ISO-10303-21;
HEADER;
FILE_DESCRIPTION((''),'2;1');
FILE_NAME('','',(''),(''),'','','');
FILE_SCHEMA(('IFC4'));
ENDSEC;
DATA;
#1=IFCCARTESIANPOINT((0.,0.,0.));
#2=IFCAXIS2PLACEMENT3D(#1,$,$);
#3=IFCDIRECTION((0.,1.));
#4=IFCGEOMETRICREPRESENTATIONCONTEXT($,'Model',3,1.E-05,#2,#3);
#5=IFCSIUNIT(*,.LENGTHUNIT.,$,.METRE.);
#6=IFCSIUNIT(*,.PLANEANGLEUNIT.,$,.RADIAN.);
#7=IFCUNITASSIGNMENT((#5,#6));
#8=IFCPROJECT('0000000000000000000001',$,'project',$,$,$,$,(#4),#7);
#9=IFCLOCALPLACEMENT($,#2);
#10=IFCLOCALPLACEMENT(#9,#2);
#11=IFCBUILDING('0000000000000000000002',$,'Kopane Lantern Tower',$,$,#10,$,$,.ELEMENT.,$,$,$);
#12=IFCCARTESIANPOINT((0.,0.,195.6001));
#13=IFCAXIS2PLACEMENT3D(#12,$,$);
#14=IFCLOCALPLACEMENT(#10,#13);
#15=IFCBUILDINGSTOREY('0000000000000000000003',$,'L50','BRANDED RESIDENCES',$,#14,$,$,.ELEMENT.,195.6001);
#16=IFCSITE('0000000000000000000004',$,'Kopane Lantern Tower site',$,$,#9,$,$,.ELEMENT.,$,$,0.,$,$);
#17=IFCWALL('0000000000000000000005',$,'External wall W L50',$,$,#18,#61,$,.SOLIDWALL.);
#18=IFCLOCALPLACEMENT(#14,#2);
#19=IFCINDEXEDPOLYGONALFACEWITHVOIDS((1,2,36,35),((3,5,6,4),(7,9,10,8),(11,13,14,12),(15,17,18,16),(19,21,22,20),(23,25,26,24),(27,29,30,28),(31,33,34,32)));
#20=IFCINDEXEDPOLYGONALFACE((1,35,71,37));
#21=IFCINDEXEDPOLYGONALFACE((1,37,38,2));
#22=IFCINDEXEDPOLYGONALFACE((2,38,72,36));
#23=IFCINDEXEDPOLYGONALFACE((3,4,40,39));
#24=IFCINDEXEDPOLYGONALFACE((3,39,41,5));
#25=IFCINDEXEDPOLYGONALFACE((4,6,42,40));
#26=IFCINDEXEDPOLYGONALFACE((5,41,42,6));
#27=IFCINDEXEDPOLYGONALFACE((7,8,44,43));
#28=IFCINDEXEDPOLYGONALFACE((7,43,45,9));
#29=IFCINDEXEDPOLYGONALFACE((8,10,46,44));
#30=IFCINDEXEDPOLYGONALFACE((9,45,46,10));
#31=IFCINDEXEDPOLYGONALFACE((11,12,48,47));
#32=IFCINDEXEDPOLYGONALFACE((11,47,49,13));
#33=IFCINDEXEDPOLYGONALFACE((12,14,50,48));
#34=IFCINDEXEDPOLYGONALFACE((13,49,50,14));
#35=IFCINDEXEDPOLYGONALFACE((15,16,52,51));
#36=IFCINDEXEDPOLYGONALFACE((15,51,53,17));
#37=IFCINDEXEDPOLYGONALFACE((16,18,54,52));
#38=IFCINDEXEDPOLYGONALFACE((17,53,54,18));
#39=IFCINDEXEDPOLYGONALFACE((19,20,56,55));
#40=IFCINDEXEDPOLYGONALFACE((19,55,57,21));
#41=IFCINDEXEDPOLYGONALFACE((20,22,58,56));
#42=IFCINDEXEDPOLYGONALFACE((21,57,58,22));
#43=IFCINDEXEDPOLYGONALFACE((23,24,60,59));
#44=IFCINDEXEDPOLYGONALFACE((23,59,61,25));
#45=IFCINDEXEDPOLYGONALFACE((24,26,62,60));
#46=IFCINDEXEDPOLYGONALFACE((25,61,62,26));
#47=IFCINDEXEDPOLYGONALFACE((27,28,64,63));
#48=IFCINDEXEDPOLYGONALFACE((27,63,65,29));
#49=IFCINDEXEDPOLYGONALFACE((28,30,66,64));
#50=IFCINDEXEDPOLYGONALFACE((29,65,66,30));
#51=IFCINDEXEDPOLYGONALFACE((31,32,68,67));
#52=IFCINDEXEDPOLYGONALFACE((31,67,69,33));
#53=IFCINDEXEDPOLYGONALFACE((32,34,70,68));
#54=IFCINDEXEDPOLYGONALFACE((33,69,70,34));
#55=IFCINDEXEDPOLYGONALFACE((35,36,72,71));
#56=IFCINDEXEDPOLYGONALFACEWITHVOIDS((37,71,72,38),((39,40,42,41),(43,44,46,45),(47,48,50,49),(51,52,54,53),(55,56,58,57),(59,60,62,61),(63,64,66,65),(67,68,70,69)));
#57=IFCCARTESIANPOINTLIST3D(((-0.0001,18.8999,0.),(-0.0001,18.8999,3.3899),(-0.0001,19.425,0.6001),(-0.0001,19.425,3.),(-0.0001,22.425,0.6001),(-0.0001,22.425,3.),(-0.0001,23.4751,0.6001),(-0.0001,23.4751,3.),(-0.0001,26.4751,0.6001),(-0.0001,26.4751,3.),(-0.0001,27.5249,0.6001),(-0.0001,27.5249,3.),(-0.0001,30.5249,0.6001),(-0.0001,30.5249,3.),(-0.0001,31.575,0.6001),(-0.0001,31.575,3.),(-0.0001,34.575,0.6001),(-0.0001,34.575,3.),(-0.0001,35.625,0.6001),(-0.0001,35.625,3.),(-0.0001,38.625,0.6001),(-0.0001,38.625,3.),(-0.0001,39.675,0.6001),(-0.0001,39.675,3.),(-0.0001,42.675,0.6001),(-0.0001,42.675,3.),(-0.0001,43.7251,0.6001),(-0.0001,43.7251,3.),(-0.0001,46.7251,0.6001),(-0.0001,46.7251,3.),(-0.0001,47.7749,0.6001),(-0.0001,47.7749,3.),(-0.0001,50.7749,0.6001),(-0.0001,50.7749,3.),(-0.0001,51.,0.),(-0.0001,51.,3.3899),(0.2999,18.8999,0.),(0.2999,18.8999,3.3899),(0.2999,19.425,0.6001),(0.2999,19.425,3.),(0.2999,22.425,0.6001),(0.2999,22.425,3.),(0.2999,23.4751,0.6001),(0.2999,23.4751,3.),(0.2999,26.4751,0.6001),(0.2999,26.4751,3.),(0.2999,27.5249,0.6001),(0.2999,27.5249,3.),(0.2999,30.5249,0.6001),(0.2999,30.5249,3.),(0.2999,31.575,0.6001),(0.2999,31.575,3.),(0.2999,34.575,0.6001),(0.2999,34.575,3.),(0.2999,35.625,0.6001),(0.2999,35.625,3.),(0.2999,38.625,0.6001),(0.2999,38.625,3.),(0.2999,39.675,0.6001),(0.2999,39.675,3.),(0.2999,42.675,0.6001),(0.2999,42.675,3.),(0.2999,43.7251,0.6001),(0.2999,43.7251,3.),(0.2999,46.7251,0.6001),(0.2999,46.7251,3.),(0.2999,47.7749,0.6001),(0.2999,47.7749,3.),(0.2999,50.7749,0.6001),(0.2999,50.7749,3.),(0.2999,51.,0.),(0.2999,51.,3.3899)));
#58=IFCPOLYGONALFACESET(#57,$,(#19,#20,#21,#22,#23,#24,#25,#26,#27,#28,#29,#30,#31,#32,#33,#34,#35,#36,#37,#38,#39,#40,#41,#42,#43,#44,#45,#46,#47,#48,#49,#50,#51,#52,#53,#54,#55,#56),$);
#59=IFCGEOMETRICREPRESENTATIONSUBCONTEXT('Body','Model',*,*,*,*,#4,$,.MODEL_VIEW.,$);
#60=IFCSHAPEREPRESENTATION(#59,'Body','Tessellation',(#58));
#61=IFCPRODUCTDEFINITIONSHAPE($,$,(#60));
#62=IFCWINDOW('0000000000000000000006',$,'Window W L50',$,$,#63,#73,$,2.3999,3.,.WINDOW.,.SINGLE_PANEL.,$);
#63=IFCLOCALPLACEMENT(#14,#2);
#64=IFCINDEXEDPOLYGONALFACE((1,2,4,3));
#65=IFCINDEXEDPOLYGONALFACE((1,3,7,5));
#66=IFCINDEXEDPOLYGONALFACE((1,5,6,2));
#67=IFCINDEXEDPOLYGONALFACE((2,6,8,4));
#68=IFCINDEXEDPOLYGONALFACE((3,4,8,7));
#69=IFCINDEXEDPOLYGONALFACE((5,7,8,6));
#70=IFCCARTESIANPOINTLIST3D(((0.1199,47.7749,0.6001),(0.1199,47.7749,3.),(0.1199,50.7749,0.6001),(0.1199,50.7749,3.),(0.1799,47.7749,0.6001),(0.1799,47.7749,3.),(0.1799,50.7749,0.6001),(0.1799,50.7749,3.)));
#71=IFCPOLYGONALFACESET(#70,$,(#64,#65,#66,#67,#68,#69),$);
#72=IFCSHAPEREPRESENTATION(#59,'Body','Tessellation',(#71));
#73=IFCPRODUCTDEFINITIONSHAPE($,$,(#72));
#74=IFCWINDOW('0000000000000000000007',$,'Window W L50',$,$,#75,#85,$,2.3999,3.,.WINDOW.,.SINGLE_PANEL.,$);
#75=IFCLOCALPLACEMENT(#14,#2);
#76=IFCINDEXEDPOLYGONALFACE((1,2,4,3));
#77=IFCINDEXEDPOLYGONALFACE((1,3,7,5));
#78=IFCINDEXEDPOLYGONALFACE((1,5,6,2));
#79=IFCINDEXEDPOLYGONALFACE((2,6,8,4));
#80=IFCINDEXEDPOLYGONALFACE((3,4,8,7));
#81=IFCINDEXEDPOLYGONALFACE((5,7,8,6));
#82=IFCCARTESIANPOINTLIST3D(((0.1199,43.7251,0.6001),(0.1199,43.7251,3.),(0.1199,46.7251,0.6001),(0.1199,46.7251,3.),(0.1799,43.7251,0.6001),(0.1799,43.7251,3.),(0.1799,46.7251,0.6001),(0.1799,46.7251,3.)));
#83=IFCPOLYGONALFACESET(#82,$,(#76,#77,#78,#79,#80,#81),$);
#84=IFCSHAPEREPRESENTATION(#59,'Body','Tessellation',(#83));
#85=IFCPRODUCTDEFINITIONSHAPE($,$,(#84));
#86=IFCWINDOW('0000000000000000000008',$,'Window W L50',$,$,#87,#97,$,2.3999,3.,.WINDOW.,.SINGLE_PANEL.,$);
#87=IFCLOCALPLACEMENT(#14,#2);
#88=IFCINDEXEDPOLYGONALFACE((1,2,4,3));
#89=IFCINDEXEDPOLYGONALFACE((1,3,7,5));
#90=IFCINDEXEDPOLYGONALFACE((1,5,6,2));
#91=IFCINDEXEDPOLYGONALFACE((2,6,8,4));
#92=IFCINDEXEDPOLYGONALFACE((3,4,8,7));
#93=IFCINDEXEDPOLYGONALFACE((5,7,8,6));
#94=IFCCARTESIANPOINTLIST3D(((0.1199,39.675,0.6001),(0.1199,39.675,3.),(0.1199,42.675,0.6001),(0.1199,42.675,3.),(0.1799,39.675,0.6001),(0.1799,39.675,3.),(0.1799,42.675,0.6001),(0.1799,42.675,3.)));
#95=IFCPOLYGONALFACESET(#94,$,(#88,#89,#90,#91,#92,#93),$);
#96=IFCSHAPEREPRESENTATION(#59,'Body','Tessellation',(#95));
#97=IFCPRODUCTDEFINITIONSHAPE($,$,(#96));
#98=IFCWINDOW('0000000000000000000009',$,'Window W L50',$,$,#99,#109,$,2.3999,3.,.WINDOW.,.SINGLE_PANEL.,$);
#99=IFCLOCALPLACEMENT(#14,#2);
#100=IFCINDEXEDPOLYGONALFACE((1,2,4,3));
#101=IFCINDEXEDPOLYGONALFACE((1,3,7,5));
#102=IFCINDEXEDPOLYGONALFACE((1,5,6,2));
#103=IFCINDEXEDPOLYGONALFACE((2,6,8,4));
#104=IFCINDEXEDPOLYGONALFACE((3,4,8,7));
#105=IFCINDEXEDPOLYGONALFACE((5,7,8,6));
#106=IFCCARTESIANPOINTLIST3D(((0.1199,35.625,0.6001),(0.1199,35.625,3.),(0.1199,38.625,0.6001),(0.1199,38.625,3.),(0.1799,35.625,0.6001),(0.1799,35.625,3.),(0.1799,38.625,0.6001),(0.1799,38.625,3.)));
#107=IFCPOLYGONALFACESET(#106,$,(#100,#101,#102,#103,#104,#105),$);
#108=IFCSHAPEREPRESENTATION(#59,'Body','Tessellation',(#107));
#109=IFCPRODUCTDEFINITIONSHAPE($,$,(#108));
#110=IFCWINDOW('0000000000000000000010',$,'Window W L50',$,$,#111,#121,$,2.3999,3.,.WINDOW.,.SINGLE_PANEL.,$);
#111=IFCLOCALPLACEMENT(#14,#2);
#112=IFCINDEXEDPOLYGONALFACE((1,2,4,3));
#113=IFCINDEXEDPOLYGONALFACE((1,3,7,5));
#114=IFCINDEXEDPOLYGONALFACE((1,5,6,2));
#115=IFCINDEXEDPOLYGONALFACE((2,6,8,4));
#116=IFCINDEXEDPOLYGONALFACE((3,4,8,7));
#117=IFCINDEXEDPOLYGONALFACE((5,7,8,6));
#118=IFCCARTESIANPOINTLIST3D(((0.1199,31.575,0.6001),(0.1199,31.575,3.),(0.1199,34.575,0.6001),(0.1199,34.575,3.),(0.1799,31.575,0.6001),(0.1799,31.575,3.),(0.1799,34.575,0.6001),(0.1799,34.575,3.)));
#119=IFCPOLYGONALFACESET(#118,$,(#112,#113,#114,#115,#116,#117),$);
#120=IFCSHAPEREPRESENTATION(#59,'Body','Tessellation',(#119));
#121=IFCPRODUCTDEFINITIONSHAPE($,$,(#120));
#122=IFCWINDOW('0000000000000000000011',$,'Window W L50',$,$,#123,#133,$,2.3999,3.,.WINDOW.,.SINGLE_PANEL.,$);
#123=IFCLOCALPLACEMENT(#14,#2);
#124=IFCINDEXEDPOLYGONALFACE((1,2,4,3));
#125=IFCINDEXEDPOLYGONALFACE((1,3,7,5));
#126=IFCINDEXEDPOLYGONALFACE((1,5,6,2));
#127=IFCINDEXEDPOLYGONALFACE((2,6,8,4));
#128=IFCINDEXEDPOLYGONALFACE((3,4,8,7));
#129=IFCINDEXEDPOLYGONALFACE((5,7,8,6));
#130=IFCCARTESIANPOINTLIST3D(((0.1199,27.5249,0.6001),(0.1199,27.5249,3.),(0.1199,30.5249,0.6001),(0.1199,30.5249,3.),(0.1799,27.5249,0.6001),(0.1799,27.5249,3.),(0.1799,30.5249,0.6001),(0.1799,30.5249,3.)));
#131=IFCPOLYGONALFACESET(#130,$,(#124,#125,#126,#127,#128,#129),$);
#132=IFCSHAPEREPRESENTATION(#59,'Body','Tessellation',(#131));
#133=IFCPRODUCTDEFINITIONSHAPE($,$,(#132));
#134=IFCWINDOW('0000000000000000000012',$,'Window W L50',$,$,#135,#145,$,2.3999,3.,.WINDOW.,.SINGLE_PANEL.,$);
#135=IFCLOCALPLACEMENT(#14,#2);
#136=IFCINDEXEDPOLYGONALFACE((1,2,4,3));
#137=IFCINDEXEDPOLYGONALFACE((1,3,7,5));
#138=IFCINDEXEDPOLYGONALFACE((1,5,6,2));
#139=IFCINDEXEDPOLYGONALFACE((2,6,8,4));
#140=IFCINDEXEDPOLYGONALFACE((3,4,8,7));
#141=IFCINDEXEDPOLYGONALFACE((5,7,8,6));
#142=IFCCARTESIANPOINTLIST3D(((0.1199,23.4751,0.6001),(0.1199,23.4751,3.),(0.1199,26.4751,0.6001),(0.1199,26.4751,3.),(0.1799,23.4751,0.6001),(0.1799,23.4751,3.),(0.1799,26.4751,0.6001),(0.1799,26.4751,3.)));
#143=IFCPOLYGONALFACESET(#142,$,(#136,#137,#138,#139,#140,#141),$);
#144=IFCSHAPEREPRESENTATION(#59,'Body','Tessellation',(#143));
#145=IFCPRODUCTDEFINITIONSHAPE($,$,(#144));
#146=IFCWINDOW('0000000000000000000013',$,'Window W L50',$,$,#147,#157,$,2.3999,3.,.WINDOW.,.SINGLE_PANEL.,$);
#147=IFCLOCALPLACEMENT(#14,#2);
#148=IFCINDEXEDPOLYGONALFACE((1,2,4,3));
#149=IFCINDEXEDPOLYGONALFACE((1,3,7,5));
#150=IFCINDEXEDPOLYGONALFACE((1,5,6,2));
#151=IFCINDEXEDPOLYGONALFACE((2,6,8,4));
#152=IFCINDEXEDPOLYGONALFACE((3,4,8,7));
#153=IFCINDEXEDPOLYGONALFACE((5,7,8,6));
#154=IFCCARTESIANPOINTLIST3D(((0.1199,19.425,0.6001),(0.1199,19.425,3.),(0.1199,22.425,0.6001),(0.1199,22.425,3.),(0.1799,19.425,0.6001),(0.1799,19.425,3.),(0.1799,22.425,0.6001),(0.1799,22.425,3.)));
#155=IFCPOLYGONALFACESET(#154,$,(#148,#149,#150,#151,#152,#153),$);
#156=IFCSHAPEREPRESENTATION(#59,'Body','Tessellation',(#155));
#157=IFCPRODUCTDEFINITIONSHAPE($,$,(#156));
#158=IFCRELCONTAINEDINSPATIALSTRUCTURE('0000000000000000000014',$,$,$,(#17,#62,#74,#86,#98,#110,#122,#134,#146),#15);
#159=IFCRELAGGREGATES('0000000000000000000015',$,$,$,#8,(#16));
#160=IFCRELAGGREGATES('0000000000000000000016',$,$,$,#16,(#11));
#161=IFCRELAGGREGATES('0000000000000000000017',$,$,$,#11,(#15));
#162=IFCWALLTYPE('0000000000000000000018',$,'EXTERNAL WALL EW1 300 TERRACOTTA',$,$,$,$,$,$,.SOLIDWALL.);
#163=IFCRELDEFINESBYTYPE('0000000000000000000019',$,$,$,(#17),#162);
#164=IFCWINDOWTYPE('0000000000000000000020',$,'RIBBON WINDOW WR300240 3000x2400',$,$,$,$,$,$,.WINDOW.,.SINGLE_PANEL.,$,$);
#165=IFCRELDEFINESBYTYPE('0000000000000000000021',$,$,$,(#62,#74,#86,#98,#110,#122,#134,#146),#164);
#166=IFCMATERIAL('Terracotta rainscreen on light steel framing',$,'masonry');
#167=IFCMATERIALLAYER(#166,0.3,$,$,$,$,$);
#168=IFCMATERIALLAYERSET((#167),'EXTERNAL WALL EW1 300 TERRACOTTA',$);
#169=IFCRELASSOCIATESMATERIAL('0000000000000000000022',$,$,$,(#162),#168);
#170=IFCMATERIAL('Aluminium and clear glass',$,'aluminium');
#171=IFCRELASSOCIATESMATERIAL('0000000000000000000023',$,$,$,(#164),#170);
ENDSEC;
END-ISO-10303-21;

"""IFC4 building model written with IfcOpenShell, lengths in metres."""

from ifc_helpers import new_model, si_unit, direction, frame, frame_2d, origin, place, context, subcontext, project, spatial, rectangle, extrude, material, layer, layer_set, type_object, element, fill, save


model = new_model("IFC4")

# Units and contexts
model_context = context("Model", 3, precision=1e-05, world=origin(), true_north=direction((0.0, 1.0)))
body_context = subcontext(model_context, "Body", "Model", "MODEL_VIEW")
ifc_project = project(units=[si_unit("LENGTHUNIT", "METRE"), si_unit("PLANEANGLEUNIT", "RADIAN")], contexts=[model_context])

# Site, building, storey
site_placement = place(None, origin())
site = spatial("IfcSite", under=ifc_project, at=site_placement, Name="Kopane Lantern Tower site", CompositionType="ELEMENT", RefElevation=0.0)
building_placement = place(site_placement, origin())
building = spatial("IfcBuilding", under=site, at=building_placement, Name="Kopane Lantern Tower", CompositionType="ELEMENT")
storey_placement = place(building_placement, frame((0.0, 0.0, 195.6001)))
storey = spatial("IfcBuildingStorey", under=building, at=storey_placement, Name="L50", Description="BRANDED RESIDENCES", CompositionType="ELEMENT", Elevation=195.6001)

# Wall, openings, windows
ifc_material_1 = material(Name="Terracotta rainscreen on light steel framing", Category="masonry")
ifc_layer_1 = layer(ifc_material_1, 0.3)
ifc_layer_set_1 = layer_set([ifc_layer_1], Name="EXTERNAL WALL EW1 300 TERRACOTTA")
wall_type_1 = type_object("IfcWallType", Name="EXTERNAL WALL EW1 300 TERRACOTTA", PredefinedType="SOLIDWALL", material=ifc_layer_set_1)
wall_1_placement = place(storey_placement, frame((0.1499, 51.0, 0.0), z_axis=(0.0, 0.0, 1.0), x_axis=(0.0, -1.0, 0.0)))
wall_1 = element("IfcWall", 1, at=wall_1_placement, inside=storey, type_object=wall_type_1, Name="External wall W L50", PredefinedType="SOLIDWALL", context=body_context, shape_type="SweptSolid", body=[
    extrude(rectangle(XDim=32.1001, YDim=0.3, at=frame_2d((16.05, 0.0))), origin(), (0.0, 0.0, 1.0), 3.3899),
])
opening_1_placement = place(wall_1_placement, frame((0.2251, 0.0, 0.6001)))
opening_1 = element("IfcOpeningElement", 2, at=opening_1_placement, cuts=wall_1, PredefinedType="OPENING", context=body_context, shape_type="SweptSolid", body=[
    extrude(rectangle(XDim=3.0, YDim=2.3999, at=frame_2d((1.5, 1.2))), frame((0.0, 0.1599, 0.0), z_axis=(0.0, -1.0, 0.0), x_axis=(1.0, 0.0, 0.0)), (0.0, 0.0, 1.0), 0.3201),
])
opening_2_placement = place(wall_1_placement, frame((4.2749, 0.0, 0.6001)))
opening_2 = element("IfcOpeningElement", 3, at=opening_2_placement, cuts=wall_1, PredefinedType="OPENING", context=body_context, shape_type="SweptSolid", body=[
    extrude(rectangle(XDim=3.0, YDim=2.3999, at=frame_2d((1.5, 1.2))), frame((0.0, 0.1599, 0.0), z_axis=(0.0, -1.0, 0.0), x_axis=(1.0, 0.0, 0.0)), (0.0, 0.0, 1.0), 0.3201),
])
opening_3_placement = place(wall_1_placement, frame((8.325, 0.0, 0.6001)))
opening_3 = element("IfcOpeningElement", 4, at=opening_3_placement, cuts=wall_1, PredefinedType="OPENING", context=body_context, shape_type="SweptSolid", body=[
    extrude(rectangle(XDim=3.0, YDim=2.3999, at=frame_2d((1.5, 1.2))), frame((0.0, 0.1599, 0.0), z_axis=(0.0, -1.0, 0.0), x_axis=(1.0, 0.0, 0.0)), (0.0, 0.0, 1.0), 0.3201),
])
opening_4_placement = place(wall_1_placement, frame((12.375, 0.0, 0.6001)))
opening_4 = element("IfcOpeningElement", 5, at=opening_4_placement, cuts=wall_1, PredefinedType="OPENING", context=body_context, shape_type="SweptSolid", body=[
    extrude(rectangle(XDim=3.0, YDim=2.3999, at=frame_2d((1.5, 1.2))), frame((0.0, 0.1599, 0.0), z_axis=(0.0, -1.0, 0.0), x_axis=(1.0, 0.0, 0.0)), (0.0, 0.0, 1.0), 0.3201),
])
opening_5_placement = place(wall_1_placement, frame((16.425, 0.0, 0.6001)))
opening_5 = element("IfcOpeningElement", 6, at=opening_5_placement, cuts=wall_1, PredefinedType="OPENING", context=body_context, shape_type="SweptSolid", body=[
    extrude(rectangle(XDim=3.0, YDim=2.3999, at=frame_2d((1.5, 1.2))), frame((0.0, 0.1599, 0.0), z_axis=(0.0, -1.0, 0.0), x_axis=(1.0, 0.0, 0.0)), (0.0, 0.0, 1.0), 0.3201),
])
opening_6_placement = place(wall_1_placement, frame((20.4751, 0.0, 0.6001)))
opening_6 = element("IfcOpeningElement", 7, at=opening_6_placement, cuts=wall_1, PredefinedType="OPENING", context=body_context, shape_type="SweptSolid", body=[
    extrude(rectangle(XDim=3.0, YDim=2.3999, at=frame_2d((1.5, 1.2))), frame((0.0, 0.1599, 0.0), z_axis=(0.0, -1.0, 0.0), x_axis=(1.0, 0.0, 0.0)), (0.0, 0.0, 1.0), 0.3201),
])
opening_7_placement = place(wall_1_placement, frame((24.5249, 0.0, 0.6001)))
opening_7 = element("IfcOpeningElement", 8, at=opening_7_placement, cuts=wall_1, PredefinedType="OPENING", context=body_context, shape_type="SweptSolid", body=[
    extrude(rectangle(XDim=3.0, YDim=2.3999, at=frame_2d((1.5, 1.2))), frame((0.0, 0.1599, 0.0), z_axis=(0.0, -1.0, 0.0), x_axis=(1.0, 0.0, 0.0)), (0.0, 0.0, 1.0), 0.3201),
])
opening_8_placement = place(wall_1_placement, frame((28.575, 0.0, 0.6001)))
opening_8 = element("IfcOpeningElement", 9, at=opening_8_placement, cuts=wall_1, PredefinedType="OPENING", context=body_context, shape_type="SweptSolid", body=[
    extrude(rectangle(XDim=3.0, YDim=2.3999, at=frame_2d((1.5, 1.2))), frame((0.0, 0.1599, 0.0), z_axis=(0.0, -1.0, 0.0), x_axis=(1.0, 0.0, 0.0)), (0.0, 0.0, 1.0), 0.3201),
])
ifc_material_2 = material(Name="Aluminium and clear glass", Category="aluminium")
window_type = type_object("IfcWindowType", Name="RIBBON WINDOW WR300240 3000x2400", PartitioningType="SINGLE_PANEL", PredefinedType="WINDOW", material=ifc_material_2)
window_1_placement = place(opening_1_placement, origin())
window_1 = element("IfcWindow", 10, at=window_1_placement, inside=storey, type_object=window_type, Name="Window W L50", OverallHeight=2.3999, OverallWidth=3.0, PartitioningType="SINGLE_PANEL", PredefinedType="WINDOW", context=body_context, shape_type="SweptSolid", body=[
    extrude(rectangle(XDim=3.0, YDim=2.3999, at=frame_2d((1.5, 1.2))), frame((0.0, 0.03, 0.0), z_axis=(0.0, -1.0, 0.0), x_axis=(1.0, 0.0, 0.0)), (0.0, 0.0, 1.0), 0.0601),
])
fill(opening_1, window_1)
window_2_placement = place(opening_2_placement, origin())
window_2 = element("IfcWindow", 11, at=window_2_placement, inside=storey, type_object=window_type, Name="Window W L50", OverallHeight=2.3999, OverallWidth=3.0, PartitioningType="SINGLE_PANEL", PredefinedType="WINDOW", context=body_context, shape_type="SweptSolid", body=[
    extrude(rectangle(XDim=3.0, YDim=2.3999, at=frame_2d((1.5, 1.2))), frame((0.0, 0.03, 0.0), z_axis=(0.0, -1.0, 0.0), x_axis=(1.0, 0.0, 0.0)), (0.0, 0.0, 1.0), 0.0601),
])
fill(opening_2, window_2)
window_3_placement = place(opening_3_placement, origin())
window_3 = element("IfcWindow", 12, at=window_3_placement, inside=storey, type_object=window_type, Name="Window W L50", OverallHeight=2.3999, OverallWidth=3.0, PartitioningType="SINGLE_PANEL", PredefinedType="WINDOW", context=body_context, shape_type="SweptSolid", body=[
    extrude(rectangle(XDim=3.0, YDim=2.3999, at=frame_2d((1.5, 1.2))), frame((0.0, 0.03, 0.0), z_axis=(0.0, -1.0, 0.0), x_axis=(1.0, 0.0, 0.0)), (0.0, 0.0, 1.0), 0.0601),
])
fill(opening_3, window_3)
window_4_placement = place(opening_4_placement, origin())
window_4 = element("IfcWindow", 13, at=window_4_placement, inside=storey, type_object=window_type, Name="Window W L50", OverallHeight=2.3999, OverallWidth=3.0, PartitioningType="SINGLE_PANEL", PredefinedType="WINDOW", context=body_context, shape_type="SweptSolid", body=[
    extrude(rectangle(XDim=3.0, YDim=2.3999, at=frame_2d((1.5, 1.2))), frame((0.0, 0.03, 0.0), z_axis=(0.0, -1.0, 0.0), x_axis=(1.0, 0.0, 0.0)), (0.0, 0.0, 1.0), 0.0601),
])
fill(opening_4, window_4)
window_5_placement = place(opening_5_placement, origin())
window_5 = element("IfcWindow", 14, at=window_5_placement, inside=storey, type_object=window_type, Name="Window W L50", OverallHeight=2.3999, OverallWidth=3.0, PartitioningType="SINGLE_PANEL", PredefinedType="WINDOW", context=body_context, shape_type="SweptSolid", body=[
    extrude(rectangle(XDim=3.0, YDim=2.3999, at=frame_2d((1.5, 1.2))), frame((0.0, 0.03, 0.0), z_axis=(0.0, -1.0, 0.0), x_axis=(1.0, 0.0, 0.0)), (0.0, 0.0, 1.0), 0.0601),
])
fill(opening_5, window_5)
window_6_placement = place(opening_6_placement, origin())
window_6 = element("IfcWindow", 15, at=window_6_placement, inside=storey, type_object=window_type, Name="Window W L50", OverallHeight=2.3999, OverallWidth=3.0, PartitioningType="SINGLE_PANEL", PredefinedType="WINDOW", context=body_context, shape_type="SweptSolid", body=[
    extrude(rectangle(XDim=3.0, YDim=2.3999, at=frame_2d((1.5, 1.2))), frame((0.0, 0.03, 0.0), z_axis=(0.0, -1.0, 0.0), x_axis=(1.0, 0.0, 0.0)), (0.0, 0.0, 1.0), 0.0601),
])
fill(opening_6, window_6)
window_7_placement = place(opening_7_placement, origin())
window_7 = element("IfcWindow", 16, at=window_7_placement, inside=storey, type_object=window_type, Name="Window W L50", OverallHeight=2.3999, OverallWidth=3.0, PartitioningType="SINGLE_PANEL", PredefinedType="WINDOW", context=body_context, shape_type="SweptSolid", body=[
    extrude(rectangle(XDim=3.0, YDim=2.3999, at=frame_2d((1.5, 1.2))), frame((0.0, 0.03, 0.0), z_axis=(0.0, -1.0, 0.0), x_axis=(1.0, 0.0, 0.0)), (0.0, 0.0, 1.0), 0.0601),
])
fill(opening_7, window_7)
window_8_placement = place(opening_8_placement, origin())
window_8 = element("IfcWindow", 17, at=window_8_placement, inside=storey, type_object=window_type, Name="Window W L50", OverallHeight=2.3999, OverallWidth=3.0, PartitioningType="SINGLE_PANEL", PredefinedType="WINDOW", context=body_context, shape_type="SweptSolid", body=[
    extrude(rectangle(XDim=3.0, YDim=2.3999, at=frame_2d((1.5, 1.2))), frame((0.0, 0.03, 0.0), z_axis=(0.0, -1.0, 0.0), x_axis=(1.0, 0.0, 0.0)), (0.0, 0.0, 1.0), 0.0601),
])
fill(opening_8, window_8)

save(model, "model.ifc")
